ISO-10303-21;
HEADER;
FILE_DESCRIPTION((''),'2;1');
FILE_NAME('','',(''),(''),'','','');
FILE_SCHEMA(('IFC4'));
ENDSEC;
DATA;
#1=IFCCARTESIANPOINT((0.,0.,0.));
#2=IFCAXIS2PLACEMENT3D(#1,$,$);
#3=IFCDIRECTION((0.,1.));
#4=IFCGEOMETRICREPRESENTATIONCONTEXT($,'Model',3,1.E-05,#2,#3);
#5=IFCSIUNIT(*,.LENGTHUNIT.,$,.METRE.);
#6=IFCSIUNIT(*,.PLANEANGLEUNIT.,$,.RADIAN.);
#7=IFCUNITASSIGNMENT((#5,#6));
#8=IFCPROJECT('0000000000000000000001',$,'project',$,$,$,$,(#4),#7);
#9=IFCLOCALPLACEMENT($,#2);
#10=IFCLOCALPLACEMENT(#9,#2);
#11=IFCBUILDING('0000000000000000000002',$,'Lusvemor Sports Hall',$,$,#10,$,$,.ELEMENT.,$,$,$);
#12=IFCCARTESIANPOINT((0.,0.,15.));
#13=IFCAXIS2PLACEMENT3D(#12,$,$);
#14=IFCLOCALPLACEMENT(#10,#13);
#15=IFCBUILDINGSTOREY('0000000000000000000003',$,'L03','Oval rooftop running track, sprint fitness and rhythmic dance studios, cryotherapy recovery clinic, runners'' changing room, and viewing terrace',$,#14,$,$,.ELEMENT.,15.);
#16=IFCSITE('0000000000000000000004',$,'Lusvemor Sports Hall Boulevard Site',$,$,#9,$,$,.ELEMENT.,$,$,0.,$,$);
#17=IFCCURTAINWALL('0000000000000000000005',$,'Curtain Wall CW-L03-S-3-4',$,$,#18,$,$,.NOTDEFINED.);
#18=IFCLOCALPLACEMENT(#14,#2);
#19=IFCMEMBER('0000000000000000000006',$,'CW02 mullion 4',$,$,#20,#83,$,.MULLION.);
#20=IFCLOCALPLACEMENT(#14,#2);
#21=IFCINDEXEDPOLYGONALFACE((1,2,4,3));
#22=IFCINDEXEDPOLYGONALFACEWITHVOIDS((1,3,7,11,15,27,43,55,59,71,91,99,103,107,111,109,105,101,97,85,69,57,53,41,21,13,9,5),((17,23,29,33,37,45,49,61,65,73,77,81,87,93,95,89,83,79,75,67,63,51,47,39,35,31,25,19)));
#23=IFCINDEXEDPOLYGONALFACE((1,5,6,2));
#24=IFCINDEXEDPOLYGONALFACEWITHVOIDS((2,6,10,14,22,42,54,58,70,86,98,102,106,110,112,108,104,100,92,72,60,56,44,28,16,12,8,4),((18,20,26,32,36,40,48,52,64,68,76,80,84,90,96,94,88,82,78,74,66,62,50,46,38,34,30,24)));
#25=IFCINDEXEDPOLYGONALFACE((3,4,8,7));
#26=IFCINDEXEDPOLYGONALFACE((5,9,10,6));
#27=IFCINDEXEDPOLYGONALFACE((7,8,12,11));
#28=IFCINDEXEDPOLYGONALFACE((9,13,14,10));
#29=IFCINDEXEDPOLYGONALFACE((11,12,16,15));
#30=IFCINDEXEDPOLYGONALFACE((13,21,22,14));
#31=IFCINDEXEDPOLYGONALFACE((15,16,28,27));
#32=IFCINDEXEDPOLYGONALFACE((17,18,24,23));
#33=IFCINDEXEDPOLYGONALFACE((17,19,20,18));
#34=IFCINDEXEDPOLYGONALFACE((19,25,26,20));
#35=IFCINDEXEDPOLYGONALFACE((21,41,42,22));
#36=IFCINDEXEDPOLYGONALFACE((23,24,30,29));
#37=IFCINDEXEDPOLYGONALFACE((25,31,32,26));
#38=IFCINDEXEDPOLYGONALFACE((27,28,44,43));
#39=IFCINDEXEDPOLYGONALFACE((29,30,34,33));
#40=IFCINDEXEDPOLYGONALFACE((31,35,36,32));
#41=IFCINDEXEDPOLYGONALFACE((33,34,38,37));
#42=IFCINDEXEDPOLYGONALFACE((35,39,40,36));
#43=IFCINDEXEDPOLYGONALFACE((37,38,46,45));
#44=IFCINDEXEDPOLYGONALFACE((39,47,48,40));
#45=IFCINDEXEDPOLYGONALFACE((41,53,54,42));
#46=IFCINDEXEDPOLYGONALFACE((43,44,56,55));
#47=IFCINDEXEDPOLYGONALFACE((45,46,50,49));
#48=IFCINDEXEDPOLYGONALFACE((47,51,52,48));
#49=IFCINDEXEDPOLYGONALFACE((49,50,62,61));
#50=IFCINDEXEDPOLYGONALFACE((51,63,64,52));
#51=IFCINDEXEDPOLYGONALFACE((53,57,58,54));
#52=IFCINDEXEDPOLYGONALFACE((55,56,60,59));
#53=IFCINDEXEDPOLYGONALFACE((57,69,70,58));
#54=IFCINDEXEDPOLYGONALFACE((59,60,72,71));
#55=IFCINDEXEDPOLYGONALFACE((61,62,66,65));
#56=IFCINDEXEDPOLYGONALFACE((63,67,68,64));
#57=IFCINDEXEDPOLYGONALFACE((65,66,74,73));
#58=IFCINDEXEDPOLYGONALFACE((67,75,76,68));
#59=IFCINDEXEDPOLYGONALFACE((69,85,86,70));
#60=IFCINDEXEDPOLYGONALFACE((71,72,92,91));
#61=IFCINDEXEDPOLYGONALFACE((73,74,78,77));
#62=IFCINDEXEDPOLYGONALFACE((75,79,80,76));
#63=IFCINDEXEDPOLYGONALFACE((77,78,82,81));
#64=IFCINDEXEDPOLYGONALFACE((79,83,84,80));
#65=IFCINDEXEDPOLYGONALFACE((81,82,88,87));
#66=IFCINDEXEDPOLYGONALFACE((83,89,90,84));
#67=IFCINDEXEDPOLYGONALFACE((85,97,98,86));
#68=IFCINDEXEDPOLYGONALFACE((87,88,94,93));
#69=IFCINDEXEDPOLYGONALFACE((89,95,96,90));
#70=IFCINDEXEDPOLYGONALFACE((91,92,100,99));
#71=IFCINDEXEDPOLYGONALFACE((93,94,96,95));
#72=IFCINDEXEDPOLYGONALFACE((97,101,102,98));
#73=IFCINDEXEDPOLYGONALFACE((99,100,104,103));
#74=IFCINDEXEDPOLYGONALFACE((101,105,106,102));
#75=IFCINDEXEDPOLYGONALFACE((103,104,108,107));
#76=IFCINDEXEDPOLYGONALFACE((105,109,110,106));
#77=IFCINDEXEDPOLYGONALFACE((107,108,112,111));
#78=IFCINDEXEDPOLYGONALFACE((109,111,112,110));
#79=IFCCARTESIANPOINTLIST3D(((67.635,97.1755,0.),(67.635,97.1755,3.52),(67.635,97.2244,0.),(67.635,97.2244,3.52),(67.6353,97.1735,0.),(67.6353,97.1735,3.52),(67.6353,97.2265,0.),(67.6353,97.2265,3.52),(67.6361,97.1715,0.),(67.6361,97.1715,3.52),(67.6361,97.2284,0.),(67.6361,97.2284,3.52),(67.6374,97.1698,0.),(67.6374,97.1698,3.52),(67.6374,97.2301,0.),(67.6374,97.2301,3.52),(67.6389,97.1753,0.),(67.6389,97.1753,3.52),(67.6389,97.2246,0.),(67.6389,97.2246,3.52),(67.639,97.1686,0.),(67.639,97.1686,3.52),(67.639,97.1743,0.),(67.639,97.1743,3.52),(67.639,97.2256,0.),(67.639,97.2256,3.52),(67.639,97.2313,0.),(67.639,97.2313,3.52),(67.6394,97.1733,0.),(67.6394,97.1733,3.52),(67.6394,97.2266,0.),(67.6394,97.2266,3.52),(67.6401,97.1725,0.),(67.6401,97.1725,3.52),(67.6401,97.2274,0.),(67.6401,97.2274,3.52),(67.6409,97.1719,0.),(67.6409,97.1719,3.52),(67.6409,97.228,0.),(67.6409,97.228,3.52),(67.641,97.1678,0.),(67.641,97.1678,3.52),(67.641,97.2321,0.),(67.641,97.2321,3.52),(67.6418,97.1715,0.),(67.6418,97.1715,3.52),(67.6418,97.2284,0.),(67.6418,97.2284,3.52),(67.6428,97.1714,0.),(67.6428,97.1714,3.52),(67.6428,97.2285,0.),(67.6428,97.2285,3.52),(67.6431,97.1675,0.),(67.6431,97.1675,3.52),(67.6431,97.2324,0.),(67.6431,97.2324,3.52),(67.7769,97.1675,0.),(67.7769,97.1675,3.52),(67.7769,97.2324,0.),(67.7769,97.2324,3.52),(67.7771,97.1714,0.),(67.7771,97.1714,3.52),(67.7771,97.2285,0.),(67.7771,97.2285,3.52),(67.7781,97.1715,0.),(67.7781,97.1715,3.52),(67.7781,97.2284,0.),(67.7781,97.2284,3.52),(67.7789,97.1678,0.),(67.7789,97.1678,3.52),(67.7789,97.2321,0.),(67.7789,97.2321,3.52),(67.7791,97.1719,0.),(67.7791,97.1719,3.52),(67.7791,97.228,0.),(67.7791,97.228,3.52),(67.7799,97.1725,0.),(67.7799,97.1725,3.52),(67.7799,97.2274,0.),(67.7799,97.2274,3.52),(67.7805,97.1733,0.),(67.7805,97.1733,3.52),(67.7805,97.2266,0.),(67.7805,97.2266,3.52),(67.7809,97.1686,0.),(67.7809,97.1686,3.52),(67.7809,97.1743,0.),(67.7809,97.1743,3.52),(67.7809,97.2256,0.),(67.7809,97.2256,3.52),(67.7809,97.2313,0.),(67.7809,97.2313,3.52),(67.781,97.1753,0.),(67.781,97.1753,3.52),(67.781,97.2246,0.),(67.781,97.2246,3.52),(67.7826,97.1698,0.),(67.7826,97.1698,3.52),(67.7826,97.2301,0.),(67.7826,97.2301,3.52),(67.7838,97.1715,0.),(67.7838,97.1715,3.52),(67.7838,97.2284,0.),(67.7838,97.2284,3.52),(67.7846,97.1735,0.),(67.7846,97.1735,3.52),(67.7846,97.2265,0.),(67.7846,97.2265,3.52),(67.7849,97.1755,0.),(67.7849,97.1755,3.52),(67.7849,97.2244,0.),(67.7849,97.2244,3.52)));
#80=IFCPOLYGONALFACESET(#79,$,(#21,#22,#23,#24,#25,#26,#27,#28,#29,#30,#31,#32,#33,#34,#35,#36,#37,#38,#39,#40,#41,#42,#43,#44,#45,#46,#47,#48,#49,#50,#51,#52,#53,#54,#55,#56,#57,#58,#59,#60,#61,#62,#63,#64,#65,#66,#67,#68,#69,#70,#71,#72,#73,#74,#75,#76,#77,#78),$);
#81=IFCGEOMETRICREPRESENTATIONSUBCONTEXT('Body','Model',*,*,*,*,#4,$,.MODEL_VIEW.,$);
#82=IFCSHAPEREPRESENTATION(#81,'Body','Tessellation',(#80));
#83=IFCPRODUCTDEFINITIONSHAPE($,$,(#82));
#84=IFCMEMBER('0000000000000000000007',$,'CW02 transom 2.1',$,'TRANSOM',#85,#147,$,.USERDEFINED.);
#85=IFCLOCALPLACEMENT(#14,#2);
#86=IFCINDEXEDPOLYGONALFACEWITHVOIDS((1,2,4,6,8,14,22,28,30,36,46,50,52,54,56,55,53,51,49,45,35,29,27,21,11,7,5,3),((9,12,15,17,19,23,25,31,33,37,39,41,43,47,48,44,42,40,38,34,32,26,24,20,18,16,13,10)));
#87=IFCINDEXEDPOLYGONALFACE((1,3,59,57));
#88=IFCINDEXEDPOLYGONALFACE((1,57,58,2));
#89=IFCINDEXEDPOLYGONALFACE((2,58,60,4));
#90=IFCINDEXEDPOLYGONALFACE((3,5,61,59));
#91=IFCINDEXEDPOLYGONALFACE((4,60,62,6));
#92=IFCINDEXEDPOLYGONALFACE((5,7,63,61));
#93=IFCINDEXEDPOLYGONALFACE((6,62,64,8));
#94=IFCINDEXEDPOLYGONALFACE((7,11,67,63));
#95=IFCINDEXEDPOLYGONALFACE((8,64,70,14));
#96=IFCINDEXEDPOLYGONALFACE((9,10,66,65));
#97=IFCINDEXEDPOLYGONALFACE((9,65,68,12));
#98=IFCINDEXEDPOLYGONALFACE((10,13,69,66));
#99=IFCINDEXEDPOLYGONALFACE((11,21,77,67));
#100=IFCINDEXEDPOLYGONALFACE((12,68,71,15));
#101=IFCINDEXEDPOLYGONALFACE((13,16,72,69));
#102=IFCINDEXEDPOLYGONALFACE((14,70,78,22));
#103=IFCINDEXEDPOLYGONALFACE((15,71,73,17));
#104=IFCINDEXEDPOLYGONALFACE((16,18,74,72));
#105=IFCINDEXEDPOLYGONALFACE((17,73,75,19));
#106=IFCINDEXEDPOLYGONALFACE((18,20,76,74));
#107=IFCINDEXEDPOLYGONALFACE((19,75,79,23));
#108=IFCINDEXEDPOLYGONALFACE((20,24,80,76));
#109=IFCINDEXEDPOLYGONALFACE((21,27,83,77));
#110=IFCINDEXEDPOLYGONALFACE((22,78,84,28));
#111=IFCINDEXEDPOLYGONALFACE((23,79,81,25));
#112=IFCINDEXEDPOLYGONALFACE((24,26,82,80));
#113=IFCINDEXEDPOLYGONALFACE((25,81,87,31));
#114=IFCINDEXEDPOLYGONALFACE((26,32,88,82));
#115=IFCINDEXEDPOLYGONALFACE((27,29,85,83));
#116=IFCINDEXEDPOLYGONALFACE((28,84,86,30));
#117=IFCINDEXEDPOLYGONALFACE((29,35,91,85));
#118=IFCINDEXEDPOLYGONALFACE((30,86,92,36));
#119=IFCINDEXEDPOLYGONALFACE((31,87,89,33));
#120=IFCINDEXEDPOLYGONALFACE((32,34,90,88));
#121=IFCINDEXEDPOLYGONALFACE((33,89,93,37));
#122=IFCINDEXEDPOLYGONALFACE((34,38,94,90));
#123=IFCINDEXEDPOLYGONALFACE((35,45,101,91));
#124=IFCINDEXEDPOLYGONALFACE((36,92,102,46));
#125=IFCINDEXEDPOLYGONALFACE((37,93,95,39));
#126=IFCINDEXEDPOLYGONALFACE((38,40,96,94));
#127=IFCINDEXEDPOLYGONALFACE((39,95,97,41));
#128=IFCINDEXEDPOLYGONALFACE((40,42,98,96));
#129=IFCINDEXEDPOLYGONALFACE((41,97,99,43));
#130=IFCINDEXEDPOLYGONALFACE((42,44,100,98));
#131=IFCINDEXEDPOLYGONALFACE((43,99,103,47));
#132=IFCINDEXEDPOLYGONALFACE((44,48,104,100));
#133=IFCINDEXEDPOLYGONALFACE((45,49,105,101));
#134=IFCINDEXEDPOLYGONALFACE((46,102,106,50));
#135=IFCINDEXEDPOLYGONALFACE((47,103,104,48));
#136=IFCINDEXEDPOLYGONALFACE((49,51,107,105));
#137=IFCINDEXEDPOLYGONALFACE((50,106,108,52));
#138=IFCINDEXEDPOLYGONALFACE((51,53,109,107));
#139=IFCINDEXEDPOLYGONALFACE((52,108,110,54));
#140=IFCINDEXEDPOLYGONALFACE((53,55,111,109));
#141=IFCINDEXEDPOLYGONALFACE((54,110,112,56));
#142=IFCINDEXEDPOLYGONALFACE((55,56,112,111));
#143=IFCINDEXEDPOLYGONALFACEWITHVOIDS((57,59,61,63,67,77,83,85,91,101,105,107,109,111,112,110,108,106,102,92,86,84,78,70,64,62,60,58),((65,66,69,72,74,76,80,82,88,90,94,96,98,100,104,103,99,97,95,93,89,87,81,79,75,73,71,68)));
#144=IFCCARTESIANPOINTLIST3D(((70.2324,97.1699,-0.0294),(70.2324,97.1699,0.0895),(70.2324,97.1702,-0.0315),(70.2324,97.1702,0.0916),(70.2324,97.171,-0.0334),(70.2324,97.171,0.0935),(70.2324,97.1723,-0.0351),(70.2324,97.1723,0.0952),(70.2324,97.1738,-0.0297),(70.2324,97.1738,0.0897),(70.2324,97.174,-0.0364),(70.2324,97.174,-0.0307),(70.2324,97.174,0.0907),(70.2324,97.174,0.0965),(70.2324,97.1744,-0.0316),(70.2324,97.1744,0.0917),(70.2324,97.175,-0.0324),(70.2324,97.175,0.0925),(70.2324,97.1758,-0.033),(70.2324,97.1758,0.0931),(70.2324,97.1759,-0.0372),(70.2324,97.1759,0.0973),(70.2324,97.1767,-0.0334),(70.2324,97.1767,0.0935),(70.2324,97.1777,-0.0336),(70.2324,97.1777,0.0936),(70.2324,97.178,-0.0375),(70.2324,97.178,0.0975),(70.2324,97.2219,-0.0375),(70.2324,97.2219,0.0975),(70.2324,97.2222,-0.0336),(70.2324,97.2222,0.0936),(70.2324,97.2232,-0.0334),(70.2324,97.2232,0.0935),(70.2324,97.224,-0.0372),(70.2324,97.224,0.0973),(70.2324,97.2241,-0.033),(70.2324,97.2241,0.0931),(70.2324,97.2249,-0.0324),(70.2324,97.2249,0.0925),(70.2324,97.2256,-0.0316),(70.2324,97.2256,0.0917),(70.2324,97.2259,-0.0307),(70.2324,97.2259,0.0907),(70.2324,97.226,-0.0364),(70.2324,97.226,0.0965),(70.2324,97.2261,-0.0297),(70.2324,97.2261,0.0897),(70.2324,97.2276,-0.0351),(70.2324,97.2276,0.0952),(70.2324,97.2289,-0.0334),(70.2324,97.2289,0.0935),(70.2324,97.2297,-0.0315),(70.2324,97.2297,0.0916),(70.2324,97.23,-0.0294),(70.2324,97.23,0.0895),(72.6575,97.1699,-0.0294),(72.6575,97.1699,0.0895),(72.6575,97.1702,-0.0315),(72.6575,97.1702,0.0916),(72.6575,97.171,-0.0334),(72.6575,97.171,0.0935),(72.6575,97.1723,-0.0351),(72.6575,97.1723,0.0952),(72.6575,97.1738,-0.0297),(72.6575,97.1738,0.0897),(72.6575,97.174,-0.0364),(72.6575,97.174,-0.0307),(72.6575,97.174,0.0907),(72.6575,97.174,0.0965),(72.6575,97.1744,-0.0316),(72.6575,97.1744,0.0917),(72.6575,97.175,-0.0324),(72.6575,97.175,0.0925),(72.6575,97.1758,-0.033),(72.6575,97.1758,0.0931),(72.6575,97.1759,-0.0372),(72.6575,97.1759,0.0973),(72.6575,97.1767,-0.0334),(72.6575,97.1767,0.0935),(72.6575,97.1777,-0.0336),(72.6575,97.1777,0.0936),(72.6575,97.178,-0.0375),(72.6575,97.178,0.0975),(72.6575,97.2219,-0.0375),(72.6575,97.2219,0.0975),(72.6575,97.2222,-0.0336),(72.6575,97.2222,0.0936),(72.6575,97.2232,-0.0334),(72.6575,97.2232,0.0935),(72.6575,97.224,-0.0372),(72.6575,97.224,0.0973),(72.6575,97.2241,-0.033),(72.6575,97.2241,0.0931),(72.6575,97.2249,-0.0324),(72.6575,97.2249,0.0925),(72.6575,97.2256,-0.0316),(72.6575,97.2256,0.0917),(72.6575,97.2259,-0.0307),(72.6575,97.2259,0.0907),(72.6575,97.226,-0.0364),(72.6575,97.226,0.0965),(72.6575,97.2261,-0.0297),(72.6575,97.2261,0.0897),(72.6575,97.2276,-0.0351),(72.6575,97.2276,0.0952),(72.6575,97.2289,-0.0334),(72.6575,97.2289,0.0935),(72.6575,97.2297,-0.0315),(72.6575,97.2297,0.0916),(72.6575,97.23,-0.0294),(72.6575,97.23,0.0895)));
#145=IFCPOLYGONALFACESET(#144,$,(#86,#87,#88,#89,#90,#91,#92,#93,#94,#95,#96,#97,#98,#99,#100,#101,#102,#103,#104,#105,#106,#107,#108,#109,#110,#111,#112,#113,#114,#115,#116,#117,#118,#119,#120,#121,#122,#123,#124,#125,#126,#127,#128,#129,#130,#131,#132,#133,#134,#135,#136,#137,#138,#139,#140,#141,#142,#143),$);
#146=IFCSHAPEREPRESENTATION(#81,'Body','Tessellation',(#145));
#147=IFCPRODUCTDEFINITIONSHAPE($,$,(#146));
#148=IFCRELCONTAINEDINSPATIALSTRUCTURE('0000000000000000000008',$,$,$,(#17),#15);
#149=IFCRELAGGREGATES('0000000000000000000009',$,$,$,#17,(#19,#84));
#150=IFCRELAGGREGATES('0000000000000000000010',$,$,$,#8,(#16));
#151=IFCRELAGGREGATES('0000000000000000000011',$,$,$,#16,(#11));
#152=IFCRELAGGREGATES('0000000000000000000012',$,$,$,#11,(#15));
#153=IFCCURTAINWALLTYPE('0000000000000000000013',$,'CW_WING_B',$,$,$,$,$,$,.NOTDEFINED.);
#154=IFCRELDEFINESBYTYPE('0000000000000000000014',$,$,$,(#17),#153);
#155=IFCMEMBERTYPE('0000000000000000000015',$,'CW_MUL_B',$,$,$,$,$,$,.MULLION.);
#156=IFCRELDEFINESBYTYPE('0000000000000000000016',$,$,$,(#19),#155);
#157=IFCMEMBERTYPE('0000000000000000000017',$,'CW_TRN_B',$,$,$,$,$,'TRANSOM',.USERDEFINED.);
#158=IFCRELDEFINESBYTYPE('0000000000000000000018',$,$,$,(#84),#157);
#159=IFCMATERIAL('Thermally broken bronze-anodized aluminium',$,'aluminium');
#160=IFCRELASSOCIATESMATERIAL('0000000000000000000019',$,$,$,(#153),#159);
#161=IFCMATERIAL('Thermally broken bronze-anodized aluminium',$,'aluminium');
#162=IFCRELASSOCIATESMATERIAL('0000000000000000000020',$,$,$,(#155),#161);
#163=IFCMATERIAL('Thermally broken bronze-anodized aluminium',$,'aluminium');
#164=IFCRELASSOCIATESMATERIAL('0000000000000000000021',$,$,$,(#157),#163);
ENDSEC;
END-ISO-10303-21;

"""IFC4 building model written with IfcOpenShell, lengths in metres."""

from ifc_helpers import new_model, si_unit, direction, frame, origin, origin_2d, place, context, subcontext, project, spatial, hollow_rectangle, extrude, material, material_profile, profile_set, type_object, element, aggregate, save


model = new_model("IFC4")

# Units and contexts
model_context = context("Model", 3, precision=1e-05, world=origin(), true_north=direction((0.0, 1.0)))
body_context = subcontext(model_context, "Body", "Model", "MODEL_VIEW")
ifc_project = project(units=[si_unit("LENGTHUNIT", "METRE"), si_unit("PLANEANGLEUNIT", "RADIAN")], contexts=[model_context])

# Site, building, storey
site_placement = place(None, origin())
site = spatial("IfcSite", under=ifc_project, at=site_placement, Name="Lusvemor Sports Hall Boulevard Site", CompositionType="ELEMENT", RefElevation=0.0)
building_placement = place(site_placement, origin())
building = spatial("IfcBuilding", under=site, at=building_placement, Name="Lusvemor Sports Hall", CompositionType="ELEMENT")
storey_placement = place(building_placement, frame((0.0, 0.0, 15.0)))
storey = spatial("IfcBuildingStorey", under=building, at=storey_placement, Name="L03", Description="Oval rooftop running track, sprint fitness and rhythmic dance studios, cryotherapy recovery clinic, runners' changing room, and viewing terrace", CompositionType="ELEMENT", Elevation=15.0)

# Curtain wall, members
ifc_material_1 = material(Name="Thermally broken bronze-anodized aluminium", Category="aluminium")
curtain_wall_type = type_object("IfcCurtainWallType", Name="CW_WING_B", PredefinedType="NOTDEFINED", material=ifc_material_1)
curtain_wall_placement = place(storey_placement, origin())
curtain_wall = element("IfcCurtainWall", 1, at=curtain_wall_placement, inside=storey, type_object=curtain_wall_type, Name="Curtain Wall CW-L03-S-3-4", PredefinedType="NOTDEFINED")
ifc_material_2 = material(Name="Thermally broken bronze-anodized aluminium", Category="aluminium")
ifc_material_profile_1 = material_profile(ifc_material_2, hollow_rectangle(XDim=0.0649, YDim=0.1499, WallThickness=0.0039, InnerFilletRadius=0.0039, OuterFilletRadius=0.0081, at=origin_2d()), Name="CWMUL150x65x4")
ifc_profile_set_1 = profile_set([ifc_material_profile_1], Name="Thermally broken bronze-anodized aluminium")
member_type_1 = type_object("IfcMemberType", Name="CW_MUL_B", PredefinedType="MULLION", material=ifc_profile_set_1)
member_1_placement = place(storey_placement, frame((67.71, 97.2, 0.0), z_axis=(0.0, 0.0, 1.0), x_axis=(0.0, -1.0, 0.0)))
member_1 = element("IfcMember", 2, at=member_1_placement, type_object=member_type_1, Name="CW02 mullion 4", PredefinedType="MULLION", context=body_context, shape_type="SweptSolid", body=[
    extrude(hollow_rectangle(XDim=0.0649, YDim=0.1499, WallThickness=0.0039, InnerFilletRadius=0.0039, OuterFilletRadius=0.0081, at=origin_2d()), origin(), (0.0, 0.0, 1.0), 3.52),
])
ifc_material_3 = material(Name="Thermally broken bronze-anodized aluminium", Category="aluminium")
ifc_material_profile_2 = material_profile(ifc_material_3, hollow_rectangle(XDim=0.0601, YDim=0.135, WallThickness=0.0039, InnerFilletRadius=0.0039, OuterFilletRadius=0.0081, at=origin_2d()), Name="CWTRN135x60x4")
ifc_profile_set_2 = profile_set([ifc_material_profile_2], Name="Thermally broken bronze-anodized aluminium")
member_type_2 = type_object("IfcMemberType", Name="CW_TRN_B", ElementType="TRANSOM", PredefinedType="USERDEFINED", material=ifc_profile_set_2)
member_2_placement = place(storey_placement, frame((72.6575, 97.2, 0.03), z_axis=(-1.0, 0.0, 0.0), x_axis=(0.0, -1.0, 0.0)))
member_2 = element("IfcMember", 3, at=member_2_placement, type_object=member_type_2, Name="CW02 transom 2.1", ObjectType="TRANSOM", PredefinedType="USERDEFINED", context=body_context, shape_type="SweptSolid", body=[
    extrude(hollow_rectangle(XDim=0.0601, YDim=0.135, WallThickness=0.0039, InnerFilletRadius=0.0039, OuterFilletRadius=0.0081, at=origin_2d()), origin(), (0.0, 0.0, 1.0), 2.425),
])

aggregate(curtain_wall, [member_1, member_2])

save(model, "model.ifc")
